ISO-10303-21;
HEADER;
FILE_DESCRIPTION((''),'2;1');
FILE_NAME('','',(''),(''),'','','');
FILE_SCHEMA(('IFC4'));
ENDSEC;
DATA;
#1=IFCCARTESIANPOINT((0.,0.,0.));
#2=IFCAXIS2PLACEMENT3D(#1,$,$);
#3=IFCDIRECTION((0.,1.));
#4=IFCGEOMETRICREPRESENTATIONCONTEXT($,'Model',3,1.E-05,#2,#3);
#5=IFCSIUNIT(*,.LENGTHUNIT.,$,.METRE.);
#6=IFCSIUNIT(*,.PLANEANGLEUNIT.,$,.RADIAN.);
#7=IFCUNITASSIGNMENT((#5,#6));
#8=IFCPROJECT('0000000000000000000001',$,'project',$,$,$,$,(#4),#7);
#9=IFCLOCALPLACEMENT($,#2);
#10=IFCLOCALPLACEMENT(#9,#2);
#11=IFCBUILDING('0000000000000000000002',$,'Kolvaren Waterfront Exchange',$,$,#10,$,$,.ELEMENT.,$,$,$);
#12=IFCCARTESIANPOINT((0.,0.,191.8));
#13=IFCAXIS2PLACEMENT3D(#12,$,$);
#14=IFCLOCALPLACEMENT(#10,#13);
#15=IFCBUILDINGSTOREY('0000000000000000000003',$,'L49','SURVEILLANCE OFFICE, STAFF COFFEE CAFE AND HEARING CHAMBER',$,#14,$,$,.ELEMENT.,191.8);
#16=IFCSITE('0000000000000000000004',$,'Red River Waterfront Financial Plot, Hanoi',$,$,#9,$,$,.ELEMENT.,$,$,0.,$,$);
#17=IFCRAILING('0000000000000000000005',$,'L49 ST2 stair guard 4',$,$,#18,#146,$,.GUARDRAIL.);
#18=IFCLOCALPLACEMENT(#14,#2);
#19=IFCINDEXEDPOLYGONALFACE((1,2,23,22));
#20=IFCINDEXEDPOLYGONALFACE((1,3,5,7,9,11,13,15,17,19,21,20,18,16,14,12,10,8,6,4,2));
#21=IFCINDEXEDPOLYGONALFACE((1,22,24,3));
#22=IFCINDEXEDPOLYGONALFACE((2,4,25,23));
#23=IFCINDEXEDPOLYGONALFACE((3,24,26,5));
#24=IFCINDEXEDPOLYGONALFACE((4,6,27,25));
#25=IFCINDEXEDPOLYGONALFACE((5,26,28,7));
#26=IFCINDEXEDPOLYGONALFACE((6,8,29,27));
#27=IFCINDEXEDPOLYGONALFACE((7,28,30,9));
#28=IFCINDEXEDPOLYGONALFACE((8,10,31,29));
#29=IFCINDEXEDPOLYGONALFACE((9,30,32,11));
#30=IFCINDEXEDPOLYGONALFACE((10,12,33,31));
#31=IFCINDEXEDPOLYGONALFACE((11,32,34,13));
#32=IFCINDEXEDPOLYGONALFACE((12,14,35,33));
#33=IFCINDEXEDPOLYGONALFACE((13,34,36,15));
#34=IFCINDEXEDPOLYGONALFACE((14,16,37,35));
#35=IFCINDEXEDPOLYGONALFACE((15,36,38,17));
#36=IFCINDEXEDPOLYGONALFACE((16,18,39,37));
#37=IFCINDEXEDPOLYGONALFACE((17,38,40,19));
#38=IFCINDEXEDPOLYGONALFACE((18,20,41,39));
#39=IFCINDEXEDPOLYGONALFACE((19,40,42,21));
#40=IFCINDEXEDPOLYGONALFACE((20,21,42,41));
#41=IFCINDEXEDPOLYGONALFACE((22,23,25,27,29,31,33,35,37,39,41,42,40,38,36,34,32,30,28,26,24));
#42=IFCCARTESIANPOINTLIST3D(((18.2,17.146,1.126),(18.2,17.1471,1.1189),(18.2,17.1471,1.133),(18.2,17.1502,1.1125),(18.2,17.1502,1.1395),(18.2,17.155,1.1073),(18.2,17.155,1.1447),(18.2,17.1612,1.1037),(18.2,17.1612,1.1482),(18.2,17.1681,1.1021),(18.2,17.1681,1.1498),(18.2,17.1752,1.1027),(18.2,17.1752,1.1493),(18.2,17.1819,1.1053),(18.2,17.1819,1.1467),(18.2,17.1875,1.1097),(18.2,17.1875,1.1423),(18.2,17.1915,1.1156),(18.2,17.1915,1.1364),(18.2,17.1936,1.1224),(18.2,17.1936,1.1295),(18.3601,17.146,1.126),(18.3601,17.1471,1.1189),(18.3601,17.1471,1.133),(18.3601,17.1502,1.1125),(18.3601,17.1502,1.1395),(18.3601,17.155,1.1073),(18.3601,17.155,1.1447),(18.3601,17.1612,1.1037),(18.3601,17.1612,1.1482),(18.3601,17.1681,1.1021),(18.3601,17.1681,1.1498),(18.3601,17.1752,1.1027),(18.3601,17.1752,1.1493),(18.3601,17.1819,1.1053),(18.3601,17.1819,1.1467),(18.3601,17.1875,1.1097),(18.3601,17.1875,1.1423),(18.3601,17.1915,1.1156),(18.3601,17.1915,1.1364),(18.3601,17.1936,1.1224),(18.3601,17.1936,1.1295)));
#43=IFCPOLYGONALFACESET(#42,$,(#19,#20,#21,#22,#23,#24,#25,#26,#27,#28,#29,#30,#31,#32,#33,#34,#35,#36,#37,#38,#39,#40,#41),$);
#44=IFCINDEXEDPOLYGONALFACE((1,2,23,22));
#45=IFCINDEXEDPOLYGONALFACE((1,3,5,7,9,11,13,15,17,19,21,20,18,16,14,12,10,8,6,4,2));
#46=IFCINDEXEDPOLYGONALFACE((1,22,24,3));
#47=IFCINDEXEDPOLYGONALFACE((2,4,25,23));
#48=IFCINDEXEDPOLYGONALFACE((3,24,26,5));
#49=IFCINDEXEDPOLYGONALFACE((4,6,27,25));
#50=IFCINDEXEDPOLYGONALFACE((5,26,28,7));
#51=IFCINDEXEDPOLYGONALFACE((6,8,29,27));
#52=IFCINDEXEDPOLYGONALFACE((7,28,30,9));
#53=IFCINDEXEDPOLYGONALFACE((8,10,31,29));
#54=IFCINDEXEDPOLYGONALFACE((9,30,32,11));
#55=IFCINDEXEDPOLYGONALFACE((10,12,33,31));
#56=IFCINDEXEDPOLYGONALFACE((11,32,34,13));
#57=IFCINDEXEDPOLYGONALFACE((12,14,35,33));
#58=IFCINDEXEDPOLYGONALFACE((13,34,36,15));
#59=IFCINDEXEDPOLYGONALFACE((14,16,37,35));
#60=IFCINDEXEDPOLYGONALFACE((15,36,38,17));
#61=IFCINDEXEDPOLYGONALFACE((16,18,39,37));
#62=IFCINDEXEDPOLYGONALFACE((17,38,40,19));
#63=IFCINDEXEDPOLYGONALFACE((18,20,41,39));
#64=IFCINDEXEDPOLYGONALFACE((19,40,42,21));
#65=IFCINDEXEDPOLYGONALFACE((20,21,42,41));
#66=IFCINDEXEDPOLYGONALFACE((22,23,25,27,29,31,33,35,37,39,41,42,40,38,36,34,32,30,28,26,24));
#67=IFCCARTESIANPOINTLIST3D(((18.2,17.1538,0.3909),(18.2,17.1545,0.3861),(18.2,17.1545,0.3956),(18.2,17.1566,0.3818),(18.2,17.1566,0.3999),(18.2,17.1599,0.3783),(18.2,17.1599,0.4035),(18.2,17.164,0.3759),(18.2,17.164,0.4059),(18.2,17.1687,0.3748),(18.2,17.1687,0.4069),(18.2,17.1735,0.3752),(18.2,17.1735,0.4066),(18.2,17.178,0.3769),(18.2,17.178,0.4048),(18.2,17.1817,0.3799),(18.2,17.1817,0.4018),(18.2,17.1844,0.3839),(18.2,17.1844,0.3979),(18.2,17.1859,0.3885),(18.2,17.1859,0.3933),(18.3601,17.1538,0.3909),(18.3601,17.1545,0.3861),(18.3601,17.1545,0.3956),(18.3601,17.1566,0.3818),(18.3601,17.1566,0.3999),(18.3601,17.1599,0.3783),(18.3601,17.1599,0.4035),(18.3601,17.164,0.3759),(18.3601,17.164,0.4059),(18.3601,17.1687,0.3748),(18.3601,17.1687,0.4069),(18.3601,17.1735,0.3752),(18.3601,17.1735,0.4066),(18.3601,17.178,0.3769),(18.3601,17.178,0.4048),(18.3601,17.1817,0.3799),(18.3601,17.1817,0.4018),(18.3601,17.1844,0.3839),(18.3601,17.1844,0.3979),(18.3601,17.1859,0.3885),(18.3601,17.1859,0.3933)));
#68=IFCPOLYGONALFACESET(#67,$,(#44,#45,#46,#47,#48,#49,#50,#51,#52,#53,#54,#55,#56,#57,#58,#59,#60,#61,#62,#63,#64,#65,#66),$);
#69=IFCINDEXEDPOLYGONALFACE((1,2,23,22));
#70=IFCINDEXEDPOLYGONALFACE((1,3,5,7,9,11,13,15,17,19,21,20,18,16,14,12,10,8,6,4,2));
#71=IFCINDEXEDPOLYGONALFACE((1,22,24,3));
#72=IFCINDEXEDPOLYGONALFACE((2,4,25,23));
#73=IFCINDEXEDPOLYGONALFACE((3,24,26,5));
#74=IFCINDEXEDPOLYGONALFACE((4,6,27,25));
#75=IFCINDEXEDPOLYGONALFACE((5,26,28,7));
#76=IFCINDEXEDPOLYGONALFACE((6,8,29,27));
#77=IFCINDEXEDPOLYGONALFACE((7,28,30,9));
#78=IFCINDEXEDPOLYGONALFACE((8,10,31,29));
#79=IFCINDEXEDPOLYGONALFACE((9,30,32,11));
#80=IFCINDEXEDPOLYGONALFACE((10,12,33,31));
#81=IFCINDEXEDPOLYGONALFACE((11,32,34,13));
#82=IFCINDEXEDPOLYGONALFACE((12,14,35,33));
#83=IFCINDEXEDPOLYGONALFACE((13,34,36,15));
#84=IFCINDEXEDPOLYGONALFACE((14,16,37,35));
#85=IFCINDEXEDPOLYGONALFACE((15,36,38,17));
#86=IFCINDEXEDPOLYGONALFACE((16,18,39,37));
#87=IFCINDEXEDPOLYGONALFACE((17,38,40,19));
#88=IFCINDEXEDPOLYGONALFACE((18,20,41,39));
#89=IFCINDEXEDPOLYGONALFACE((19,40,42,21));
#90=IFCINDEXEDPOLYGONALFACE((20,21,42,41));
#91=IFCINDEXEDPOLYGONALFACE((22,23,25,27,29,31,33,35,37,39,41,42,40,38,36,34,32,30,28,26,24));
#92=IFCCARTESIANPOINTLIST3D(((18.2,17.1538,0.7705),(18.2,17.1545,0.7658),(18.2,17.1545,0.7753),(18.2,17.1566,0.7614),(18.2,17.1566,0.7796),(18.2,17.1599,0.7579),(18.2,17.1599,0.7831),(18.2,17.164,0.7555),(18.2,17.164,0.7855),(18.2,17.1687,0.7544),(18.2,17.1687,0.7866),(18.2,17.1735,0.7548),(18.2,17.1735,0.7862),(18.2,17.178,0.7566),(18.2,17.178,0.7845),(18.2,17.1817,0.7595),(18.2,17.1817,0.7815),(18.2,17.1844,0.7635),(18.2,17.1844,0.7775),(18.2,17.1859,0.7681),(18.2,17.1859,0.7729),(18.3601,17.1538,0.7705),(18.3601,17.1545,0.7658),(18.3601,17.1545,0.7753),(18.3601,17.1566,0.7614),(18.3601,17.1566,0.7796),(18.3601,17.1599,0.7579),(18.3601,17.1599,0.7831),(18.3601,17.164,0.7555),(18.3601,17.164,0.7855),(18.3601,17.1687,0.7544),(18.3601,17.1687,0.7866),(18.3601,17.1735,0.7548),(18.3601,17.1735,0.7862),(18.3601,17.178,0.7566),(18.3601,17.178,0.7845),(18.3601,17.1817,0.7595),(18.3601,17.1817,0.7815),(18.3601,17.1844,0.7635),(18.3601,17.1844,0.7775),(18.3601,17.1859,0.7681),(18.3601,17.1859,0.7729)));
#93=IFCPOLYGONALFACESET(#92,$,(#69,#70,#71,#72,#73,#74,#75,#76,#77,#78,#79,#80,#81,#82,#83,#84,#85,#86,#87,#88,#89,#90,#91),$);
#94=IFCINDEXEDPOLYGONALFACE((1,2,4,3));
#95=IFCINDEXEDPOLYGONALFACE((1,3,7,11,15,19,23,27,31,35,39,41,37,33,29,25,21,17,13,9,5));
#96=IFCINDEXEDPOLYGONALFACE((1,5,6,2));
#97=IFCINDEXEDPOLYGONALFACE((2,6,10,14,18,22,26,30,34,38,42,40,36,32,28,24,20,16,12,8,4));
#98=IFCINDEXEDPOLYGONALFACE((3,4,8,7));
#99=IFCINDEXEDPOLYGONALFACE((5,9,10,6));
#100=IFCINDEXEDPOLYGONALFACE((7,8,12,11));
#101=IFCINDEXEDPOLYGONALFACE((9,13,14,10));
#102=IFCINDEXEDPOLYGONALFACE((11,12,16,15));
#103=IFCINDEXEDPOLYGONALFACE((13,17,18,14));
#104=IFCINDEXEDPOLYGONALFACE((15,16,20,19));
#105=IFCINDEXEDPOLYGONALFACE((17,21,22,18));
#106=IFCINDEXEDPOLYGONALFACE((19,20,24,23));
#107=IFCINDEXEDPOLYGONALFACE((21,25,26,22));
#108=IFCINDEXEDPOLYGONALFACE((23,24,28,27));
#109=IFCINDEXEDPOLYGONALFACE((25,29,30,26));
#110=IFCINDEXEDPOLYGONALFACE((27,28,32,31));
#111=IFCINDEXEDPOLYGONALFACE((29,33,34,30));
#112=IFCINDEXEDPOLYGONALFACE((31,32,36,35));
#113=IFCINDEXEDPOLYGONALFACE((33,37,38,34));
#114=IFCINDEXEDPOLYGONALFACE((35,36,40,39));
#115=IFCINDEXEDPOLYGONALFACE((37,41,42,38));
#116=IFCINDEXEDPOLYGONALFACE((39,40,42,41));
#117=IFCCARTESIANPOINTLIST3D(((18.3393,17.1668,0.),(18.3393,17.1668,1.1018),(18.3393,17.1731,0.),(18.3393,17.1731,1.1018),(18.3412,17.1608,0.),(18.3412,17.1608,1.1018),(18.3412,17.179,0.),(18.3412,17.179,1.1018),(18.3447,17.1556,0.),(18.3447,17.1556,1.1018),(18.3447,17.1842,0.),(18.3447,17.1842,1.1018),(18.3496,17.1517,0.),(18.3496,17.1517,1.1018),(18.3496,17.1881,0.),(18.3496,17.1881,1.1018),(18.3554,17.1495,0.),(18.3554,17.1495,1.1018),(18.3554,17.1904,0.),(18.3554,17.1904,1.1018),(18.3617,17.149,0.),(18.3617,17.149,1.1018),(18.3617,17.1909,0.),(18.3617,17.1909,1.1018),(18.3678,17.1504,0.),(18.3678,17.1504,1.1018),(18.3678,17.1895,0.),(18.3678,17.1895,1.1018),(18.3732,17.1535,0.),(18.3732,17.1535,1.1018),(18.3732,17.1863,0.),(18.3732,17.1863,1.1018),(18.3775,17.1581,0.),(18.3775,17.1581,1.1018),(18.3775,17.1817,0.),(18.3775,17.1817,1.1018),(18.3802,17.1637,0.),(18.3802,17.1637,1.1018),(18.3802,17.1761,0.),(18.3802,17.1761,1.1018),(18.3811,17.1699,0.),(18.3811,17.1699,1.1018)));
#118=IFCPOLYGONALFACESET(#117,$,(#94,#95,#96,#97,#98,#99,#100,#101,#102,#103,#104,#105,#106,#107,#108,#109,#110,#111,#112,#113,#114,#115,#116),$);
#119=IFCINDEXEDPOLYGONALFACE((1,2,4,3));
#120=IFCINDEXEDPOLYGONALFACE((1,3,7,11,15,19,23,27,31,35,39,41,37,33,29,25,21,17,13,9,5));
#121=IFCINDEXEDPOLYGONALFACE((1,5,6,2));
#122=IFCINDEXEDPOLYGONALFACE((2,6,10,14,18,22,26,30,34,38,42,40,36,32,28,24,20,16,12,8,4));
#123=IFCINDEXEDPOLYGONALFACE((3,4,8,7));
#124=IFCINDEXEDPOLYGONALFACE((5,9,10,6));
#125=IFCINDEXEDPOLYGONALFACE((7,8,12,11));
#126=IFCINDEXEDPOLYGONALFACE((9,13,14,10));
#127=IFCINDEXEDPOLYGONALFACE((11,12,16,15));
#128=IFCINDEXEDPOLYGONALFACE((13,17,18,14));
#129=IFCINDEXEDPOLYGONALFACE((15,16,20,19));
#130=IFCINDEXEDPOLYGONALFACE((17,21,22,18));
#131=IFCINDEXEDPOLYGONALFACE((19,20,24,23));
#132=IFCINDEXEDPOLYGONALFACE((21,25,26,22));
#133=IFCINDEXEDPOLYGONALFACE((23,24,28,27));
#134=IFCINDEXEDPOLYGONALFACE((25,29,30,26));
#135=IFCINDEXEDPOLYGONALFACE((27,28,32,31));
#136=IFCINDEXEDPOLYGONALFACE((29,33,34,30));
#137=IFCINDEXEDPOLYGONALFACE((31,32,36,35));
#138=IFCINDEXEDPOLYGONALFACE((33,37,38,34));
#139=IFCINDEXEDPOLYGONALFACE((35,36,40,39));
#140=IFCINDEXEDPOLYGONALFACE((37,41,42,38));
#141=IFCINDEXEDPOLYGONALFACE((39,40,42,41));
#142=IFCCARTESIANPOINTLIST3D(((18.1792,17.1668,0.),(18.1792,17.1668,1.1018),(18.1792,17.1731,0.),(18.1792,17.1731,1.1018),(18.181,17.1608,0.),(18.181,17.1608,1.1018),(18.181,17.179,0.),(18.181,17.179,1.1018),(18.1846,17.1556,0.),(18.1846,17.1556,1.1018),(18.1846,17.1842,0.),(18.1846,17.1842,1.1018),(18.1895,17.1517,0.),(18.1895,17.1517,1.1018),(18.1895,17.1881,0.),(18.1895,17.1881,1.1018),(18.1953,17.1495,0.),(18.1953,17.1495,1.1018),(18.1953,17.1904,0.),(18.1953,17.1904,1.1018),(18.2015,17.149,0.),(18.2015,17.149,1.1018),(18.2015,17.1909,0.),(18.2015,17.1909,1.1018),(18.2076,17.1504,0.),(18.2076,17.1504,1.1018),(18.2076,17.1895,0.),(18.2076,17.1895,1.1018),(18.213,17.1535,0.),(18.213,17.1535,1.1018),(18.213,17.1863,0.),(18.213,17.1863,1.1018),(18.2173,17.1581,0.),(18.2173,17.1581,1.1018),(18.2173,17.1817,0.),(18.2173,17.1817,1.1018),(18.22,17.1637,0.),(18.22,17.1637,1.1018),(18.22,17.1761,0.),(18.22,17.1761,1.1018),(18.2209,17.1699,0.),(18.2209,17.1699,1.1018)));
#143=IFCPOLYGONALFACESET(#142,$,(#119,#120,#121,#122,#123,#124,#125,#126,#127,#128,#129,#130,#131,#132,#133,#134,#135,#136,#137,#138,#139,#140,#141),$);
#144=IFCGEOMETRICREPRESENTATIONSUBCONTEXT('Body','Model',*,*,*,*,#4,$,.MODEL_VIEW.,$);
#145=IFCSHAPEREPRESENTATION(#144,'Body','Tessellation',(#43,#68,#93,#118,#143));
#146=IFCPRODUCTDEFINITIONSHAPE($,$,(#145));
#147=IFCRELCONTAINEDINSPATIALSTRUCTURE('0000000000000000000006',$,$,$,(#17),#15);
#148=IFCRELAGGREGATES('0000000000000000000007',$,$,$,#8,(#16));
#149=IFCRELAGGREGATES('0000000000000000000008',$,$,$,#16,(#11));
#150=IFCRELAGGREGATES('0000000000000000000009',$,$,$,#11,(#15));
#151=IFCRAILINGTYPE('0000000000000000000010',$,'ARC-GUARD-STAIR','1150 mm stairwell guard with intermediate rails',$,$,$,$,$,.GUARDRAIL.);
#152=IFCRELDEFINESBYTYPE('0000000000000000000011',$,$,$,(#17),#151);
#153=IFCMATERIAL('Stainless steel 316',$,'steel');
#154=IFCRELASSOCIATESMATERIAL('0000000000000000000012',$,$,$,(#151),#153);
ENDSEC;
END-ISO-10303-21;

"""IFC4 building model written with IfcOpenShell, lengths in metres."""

from ifc_helpers import new_model, si_unit, direction, frame, origin, origin_2d, place, context, subcontext, project, spatial, circle, extrude, material, type_object, element, save


model = new_model("IFC4")

# Units and contexts
model_context = context("Model", 3, precision=1e-05, world=origin(), true_north=direction((0.0, 1.0)))
body_context = subcontext(model_context, "Body", "Model", "MODEL_VIEW")
ifc_project = project(units=[si_unit("LENGTHUNIT", "METRE"), si_unit("PLANEANGLEUNIT", "RADIAN")], contexts=[model_context])

# Site, building, storey
site_placement = place(None, origin())
site = spatial("IfcSite", under=ifc_project, at=site_placement, Name="Red River Waterfront Financial Plot, Hanoi", CompositionType="ELEMENT", RefElevation=0.0)
building_placement = place(site_placement, origin())
building = spatial("IfcBuilding", under=site, at=building_placement, Name="Kolvaren Waterfront Exchange", CompositionType="ELEMENT")
storey_placement = place(building_placement, frame((0.0, 0.0, 191.8)))
storey = spatial("IfcBuildingStorey", under=building, at=storey_placement, Name="L49", Description="SURVEILLANCE OFFICE, STAFF COFFEE CAFE AND HEARING CHAMBER", CompositionType="ELEMENT", Elevation=191.8)

# Railing
ifc_material_1 = material(Name="Stainless steel 316", Category="steel")
railing_type_1 = type_object("IfcRailingType", Name="ARC-GUARD-STAIR", Description="1150 mm stairwell guard with intermediate rails", PredefinedType="GUARDRAIL", material=ifc_material_1)
railing_1_placement = place(storey_placement, frame((18.3601, 17.1699, 0.0)))
element("IfcRailing", 1, at=railing_1_placement, inside=storey, type_object=railing_type_1, Name="L49 ST2 stair guard 4", PredefinedType="GUARDRAIL", context=body_context, shape_type="SweptSolid", body=[
    extrude(circle(Radius=0.0239, at=origin_2d()), frame((0.0, 0.0, 1.126), z_axis=(-1.0, 0.0, 0.0), x_axis=(0.0, -1.0, 0.0)), (0.0, 0.0, 1.0), 0.1602),
    extrude(circle(Radius=0.0161, at=origin_2d()), frame((0.0, 0.0, 0.3909), z_axis=(-1.0, 0.0, 0.0), x_axis=(0.0, -1.0, 0.0)), (0.0, 0.0, 1.0), 0.1602),
    extrude(circle(Radius=0.0161, at=origin_2d()), frame((0.0, 0.0, 0.7705), z_axis=(-1.0, 0.0, 0.0), x_axis=(0.0, -1.0, 0.0)), (0.0, 0.0, 1.0), 0.1602),
    extrude(circle(Radius=0.021, at=origin_2d()), origin(), (0.0, 0.0, 1.0), 1.1018),
    extrude(circle(Radius=0.021, at=origin_2d()), frame((-0.1602, 0.0, 0.0)), (0.0, 0.0, 1.0), 1.1018),
])

save(model, "model.ifc")
